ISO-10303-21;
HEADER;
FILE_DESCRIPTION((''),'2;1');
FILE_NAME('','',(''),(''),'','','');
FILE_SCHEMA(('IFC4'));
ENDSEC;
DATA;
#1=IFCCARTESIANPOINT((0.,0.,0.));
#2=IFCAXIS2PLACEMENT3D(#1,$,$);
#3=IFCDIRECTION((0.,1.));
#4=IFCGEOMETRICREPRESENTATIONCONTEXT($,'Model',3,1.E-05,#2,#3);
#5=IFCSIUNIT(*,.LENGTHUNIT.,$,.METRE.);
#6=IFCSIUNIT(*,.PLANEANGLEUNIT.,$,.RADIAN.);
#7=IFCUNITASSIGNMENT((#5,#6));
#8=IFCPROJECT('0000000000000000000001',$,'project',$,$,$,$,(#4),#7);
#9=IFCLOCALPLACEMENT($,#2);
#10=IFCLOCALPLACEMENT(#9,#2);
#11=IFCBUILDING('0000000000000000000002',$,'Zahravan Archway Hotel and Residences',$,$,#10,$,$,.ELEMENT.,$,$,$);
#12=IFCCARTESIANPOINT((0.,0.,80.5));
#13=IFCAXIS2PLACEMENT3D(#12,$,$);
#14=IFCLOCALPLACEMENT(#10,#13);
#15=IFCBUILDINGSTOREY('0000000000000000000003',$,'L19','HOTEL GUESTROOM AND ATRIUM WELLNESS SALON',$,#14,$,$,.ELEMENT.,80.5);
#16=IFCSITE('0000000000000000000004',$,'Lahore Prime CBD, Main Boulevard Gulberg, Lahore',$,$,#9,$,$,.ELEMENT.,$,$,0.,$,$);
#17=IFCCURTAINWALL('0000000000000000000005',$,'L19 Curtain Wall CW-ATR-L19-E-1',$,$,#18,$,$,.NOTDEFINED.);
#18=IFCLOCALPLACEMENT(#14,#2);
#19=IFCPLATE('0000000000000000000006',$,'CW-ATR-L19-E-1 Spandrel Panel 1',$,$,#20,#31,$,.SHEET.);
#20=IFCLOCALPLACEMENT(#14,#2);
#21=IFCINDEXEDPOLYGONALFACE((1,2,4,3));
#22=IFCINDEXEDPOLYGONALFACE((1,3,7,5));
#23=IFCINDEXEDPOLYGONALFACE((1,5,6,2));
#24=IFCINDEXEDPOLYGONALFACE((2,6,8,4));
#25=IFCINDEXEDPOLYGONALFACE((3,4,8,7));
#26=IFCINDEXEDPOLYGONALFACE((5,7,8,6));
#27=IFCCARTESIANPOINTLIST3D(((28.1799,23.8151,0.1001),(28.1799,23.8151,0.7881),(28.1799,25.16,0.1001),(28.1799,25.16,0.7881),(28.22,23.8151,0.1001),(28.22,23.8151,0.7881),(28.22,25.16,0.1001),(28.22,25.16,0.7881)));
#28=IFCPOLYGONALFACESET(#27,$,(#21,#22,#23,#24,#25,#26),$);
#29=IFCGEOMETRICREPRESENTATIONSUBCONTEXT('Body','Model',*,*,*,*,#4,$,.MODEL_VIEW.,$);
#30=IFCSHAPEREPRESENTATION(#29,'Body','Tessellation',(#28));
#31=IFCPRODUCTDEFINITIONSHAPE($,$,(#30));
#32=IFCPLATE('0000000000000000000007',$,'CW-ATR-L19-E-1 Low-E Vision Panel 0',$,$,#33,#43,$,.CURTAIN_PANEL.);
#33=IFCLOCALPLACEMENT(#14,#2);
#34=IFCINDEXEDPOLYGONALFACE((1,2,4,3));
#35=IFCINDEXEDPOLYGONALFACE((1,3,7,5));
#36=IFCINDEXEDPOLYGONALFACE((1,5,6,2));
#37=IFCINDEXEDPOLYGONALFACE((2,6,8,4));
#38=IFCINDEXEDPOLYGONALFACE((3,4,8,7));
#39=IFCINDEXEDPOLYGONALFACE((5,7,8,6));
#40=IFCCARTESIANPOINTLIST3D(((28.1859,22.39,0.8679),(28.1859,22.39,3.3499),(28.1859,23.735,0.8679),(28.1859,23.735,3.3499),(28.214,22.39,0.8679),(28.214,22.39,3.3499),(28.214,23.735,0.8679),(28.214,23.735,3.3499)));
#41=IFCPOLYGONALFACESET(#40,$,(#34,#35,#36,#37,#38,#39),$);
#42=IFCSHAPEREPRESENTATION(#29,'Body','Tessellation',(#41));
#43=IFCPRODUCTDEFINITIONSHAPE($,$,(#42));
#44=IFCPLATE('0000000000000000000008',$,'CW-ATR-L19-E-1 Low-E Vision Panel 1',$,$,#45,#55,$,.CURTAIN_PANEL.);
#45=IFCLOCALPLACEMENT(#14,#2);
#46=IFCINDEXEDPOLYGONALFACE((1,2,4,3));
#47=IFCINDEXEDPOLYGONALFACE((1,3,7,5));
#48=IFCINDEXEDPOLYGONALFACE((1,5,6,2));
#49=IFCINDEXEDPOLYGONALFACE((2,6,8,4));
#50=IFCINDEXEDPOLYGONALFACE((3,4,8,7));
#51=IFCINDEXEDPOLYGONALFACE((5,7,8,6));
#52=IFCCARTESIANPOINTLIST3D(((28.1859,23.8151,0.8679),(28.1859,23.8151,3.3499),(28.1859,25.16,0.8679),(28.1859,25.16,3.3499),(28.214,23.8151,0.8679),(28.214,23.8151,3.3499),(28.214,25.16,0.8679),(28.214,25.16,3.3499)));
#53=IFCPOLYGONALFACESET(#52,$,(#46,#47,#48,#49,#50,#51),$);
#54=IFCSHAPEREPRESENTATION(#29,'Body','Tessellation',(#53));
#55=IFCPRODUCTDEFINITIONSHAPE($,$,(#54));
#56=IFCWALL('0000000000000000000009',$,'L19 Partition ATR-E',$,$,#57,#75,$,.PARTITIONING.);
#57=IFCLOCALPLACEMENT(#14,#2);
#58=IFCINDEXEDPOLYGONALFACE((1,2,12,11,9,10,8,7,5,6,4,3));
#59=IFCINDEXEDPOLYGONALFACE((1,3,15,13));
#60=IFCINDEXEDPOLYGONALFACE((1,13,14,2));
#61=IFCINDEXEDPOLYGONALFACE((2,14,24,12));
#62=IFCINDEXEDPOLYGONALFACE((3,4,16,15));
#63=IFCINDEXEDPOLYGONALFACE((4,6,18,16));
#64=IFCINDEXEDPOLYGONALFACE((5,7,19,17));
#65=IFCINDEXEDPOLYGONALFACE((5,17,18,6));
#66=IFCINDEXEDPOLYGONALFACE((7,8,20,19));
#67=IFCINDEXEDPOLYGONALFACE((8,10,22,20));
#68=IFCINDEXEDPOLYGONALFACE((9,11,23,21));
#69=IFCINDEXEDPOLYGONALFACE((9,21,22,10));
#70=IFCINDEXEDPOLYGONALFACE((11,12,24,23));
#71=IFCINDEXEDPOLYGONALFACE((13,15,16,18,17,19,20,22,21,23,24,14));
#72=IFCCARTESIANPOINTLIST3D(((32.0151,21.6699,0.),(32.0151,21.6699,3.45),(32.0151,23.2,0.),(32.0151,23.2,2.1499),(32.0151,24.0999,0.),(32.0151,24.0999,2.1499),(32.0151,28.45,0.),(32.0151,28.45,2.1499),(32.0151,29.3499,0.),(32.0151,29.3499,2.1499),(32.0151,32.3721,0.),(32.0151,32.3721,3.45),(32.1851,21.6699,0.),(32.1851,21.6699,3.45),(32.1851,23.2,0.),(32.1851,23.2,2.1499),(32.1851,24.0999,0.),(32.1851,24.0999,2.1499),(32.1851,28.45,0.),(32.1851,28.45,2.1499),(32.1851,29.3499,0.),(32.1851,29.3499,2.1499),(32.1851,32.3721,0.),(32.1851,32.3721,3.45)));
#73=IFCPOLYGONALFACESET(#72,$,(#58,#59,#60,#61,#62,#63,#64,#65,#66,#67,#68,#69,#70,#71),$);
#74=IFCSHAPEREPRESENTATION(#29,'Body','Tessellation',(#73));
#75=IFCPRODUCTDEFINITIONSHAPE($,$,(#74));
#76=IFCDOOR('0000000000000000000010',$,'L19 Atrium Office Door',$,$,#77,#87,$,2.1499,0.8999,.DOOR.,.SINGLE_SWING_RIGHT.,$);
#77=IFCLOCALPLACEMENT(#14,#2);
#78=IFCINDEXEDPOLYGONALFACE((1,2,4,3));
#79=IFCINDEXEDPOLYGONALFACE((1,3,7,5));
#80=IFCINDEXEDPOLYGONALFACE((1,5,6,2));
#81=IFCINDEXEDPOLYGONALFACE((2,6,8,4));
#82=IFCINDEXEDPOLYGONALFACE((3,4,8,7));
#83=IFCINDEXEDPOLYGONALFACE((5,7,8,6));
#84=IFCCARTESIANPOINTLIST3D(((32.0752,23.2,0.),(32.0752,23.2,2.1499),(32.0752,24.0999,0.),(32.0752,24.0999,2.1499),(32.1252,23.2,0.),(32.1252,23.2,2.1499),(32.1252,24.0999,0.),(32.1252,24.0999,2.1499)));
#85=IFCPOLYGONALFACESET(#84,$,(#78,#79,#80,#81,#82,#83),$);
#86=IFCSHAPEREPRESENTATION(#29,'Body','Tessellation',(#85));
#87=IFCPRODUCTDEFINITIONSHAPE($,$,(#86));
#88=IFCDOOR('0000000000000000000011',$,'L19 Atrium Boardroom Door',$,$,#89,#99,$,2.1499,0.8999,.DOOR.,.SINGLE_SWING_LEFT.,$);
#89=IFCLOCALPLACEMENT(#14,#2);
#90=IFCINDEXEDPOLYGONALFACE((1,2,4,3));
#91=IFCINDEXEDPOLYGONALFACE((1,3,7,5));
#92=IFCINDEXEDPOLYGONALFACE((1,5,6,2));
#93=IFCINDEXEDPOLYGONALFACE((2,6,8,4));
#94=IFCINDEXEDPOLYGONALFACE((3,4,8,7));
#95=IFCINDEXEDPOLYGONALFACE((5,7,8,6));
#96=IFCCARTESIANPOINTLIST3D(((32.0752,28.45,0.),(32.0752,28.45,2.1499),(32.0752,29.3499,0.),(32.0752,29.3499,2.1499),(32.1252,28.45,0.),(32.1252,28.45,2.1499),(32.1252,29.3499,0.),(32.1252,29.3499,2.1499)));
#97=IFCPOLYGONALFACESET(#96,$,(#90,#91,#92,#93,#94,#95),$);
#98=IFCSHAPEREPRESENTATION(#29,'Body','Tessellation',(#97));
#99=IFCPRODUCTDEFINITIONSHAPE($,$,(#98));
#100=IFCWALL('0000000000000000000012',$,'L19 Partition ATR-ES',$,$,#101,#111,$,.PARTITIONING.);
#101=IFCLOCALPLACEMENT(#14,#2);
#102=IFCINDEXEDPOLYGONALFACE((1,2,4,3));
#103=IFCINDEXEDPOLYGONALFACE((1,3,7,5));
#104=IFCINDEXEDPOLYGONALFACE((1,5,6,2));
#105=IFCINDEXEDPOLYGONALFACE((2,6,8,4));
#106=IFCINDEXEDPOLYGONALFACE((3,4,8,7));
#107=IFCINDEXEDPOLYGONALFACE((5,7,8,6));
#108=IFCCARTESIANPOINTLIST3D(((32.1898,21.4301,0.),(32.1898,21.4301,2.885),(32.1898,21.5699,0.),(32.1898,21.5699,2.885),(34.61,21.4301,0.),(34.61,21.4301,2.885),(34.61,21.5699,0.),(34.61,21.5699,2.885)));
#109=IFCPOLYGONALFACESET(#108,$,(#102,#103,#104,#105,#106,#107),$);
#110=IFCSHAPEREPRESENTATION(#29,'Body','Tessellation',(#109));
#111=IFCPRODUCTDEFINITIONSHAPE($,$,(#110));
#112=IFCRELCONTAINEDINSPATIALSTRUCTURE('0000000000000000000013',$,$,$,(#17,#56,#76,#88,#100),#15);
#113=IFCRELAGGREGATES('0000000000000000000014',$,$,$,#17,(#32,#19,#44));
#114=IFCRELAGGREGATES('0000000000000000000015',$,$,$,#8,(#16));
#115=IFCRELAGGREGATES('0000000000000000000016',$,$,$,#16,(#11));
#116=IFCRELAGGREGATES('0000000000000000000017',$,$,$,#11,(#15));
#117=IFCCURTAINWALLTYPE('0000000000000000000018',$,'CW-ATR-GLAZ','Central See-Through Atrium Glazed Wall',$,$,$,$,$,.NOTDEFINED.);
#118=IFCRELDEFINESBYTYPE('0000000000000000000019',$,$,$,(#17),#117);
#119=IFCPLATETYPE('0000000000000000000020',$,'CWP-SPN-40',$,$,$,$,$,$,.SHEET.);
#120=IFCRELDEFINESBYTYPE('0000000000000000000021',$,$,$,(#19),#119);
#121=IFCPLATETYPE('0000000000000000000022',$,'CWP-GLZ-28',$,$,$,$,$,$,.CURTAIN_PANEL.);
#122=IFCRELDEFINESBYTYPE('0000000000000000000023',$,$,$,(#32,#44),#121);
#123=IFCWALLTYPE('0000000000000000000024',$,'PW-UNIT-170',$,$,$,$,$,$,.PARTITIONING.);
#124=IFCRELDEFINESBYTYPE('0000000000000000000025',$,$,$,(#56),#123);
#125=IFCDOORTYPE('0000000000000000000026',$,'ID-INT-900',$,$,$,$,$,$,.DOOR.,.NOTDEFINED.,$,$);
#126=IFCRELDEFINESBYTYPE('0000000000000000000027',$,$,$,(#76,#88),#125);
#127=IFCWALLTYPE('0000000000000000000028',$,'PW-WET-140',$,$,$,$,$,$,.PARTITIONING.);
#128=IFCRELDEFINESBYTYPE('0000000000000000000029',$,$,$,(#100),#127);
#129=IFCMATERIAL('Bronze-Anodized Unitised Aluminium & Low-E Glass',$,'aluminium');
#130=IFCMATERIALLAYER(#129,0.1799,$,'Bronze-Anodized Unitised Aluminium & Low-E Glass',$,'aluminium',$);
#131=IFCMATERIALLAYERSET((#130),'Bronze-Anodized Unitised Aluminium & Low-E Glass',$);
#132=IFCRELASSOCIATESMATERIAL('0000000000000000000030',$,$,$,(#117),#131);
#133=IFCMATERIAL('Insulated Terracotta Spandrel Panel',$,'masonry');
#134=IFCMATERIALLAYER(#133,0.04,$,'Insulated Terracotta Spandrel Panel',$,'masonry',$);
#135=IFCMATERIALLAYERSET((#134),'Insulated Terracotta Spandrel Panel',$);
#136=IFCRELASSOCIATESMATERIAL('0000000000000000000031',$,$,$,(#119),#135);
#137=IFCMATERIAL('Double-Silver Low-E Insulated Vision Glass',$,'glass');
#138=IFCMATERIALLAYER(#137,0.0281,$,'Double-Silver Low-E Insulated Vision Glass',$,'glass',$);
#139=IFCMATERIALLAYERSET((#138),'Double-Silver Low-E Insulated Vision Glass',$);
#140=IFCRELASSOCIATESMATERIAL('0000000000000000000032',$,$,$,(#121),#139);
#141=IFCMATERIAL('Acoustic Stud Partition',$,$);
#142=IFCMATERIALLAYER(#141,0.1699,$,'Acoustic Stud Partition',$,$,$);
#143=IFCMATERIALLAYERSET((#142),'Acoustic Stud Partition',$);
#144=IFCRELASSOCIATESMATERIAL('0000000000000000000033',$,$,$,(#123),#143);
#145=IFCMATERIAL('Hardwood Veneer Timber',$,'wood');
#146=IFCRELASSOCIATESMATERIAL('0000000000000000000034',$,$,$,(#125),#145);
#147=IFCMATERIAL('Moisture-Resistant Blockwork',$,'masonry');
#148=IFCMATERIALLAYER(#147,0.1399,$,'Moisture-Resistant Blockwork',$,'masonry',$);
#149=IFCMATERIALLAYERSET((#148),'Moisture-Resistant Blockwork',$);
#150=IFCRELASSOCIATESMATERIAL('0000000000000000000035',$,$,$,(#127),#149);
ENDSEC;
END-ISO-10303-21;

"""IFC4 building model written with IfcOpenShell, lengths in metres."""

from ifc_helpers import new_model, si_unit, direction, frame, frame_2d, origin, origin_2d, place, context, subcontext, project, spatial, rectangle, extrude, source, transform, mapped, material, layer, layer_set, type_object, type_shapes, element, fill, aggregate, save


model = new_model("IFC4")

# Units and contexts
model_context = context("Model", 3, precision=1e-05, world=origin(), true_north=direction((0.0, 1.0)))
body_context = subcontext(model_context, "Body", "Model", "MODEL_VIEW")
ifc_project = project(units=[si_unit("LENGTHUNIT", "METRE"), si_unit("PLANEANGLEUNIT", "RADIAN")], contexts=[model_context])

# Site, building, storey
site_placement = place(None, origin())
site = spatial("IfcSite", under=ifc_project, at=site_placement, Name="Lahore Prime CBD, Main Boulevard Gulberg, Lahore", CompositionType="ELEMENT", RefElevation=0.0)
building_placement = place(site_placement, origin())
building = spatial("IfcBuilding", under=site, at=building_placement, Name="Zahravan Archway Hotel and Residences", CompositionType="ELEMENT")
storey_placement = place(building_placement, frame((0.0, 0.0, 80.5)))
storey = spatial("IfcBuildingStorey", under=building, at=storey_placement, Name="L19", Description="HOTEL GUESTROOM AND ATRIUM WELLNESS SALON", CompositionType="ELEMENT", Elevation=80.5)

# Curtain wall
ifc_material_1 = material(Name="Bronze-Anodized Unitised Aluminium & Low-E Glass", Category="aluminium")
ifc_layer_1 = layer(ifc_material_1, 0.1799, Name="Bronze-Anodized Unitised Aluminium & Low-E Glass", Category="aluminium")
ifc_layer_set_1 = layer_set([ifc_layer_1], Name="Bronze-Anodized Unitised Aluminium & Low-E Glass")
curtain_wall_type = type_object("IfcCurtainWallType", Name="CW-ATR-GLAZ", Description="Central See-Through Atrium Glazed Wall", PredefinedType="NOTDEFINED", material=ifc_layer_set_1)
curtain_wall_1_placement = place(storey_placement, origin())
curtain_wall_1 = element("IfcCurtainWall", 1, at=curtain_wall_1_placement, inside=storey, type_object=curtain_wall_type, Name="L19 Curtain Wall CW-ATR-L19-E-1", PredefinedType="NOTDEFINED")

# Plates
ifc_material_2 = material(Name="Insulated Terracotta Spandrel Panel", Category="masonry")
ifc_layer_2 = layer(ifc_material_2, 0.04, Name="Insulated Terracotta Spandrel Panel", Category="masonry")
ifc_layer_set_2 = layer_set([ifc_layer_2], Name="Insulated Terracotta Spandrel Panel")
plate_type_1 = type_object("IfcPlateType", Name="CWP-SPN-40", PredefinedType="SHEET", material=ifc_layer_set_2)
ifc_material_3 = material(Name="Double-Silver Low-E Insulated Vision Glass", Category="glass")
ifc_layer_3 = layer(ifc_material_3, 0.0281, Name="Double-Silver Low-E Insulated Vision Glass", Category="glass")
ifc_layer_set_3 = layer_set([ifc_layer_3], Name="Double-Silver Low-E Insulated Vision Glass")
plate_type_2 = type_object("IfcPlateType", Name="CWP-GLZ-28", PredefinedType="CURTAIN_PANEL", material=ifc_layer_set_3)
shared_shape_1 = source(origin(), body_context, "Body", "SweptSolid", [
    extrude(rectangle(XDim=1.345, YDim=0.04, at=origin_2d()), origin(), (0.0, 0.0, 1.0), 0.688),
])
plate_1_placement = place(storey_placement, frame((28.2, 24.4875, 0.1001), z_axis=(0.0, 0.0, 1.0), x_axis=(0.0, 1.0, 0.0)))
plate_1 = element("IfcPlate", 2, at=plate_1_placement, type_object=plate_type_1, Name="CW-ATR-L19-E-1 Spandrel Panel 1", PredefinedType="SHEET", context=body_context, shape_type="MappedRepresentation", body=[
    mapped(shared_shape_1, transform((0.0, 0.0, 0.0), scale=1.0)),
])
shared_shape_2 = source(origin(), body_context, "Body", "SweptSolid", [
    extrude(rectangle(XDim=1.345, YDim=0.0281, at=origin_2d()), origin(), (0.0, 0.0, 1.0), 2.4819),
])
plate_2_placement = place(storey_placement, frame((28.2, 23.0625, 0.8679), z_axis=(0.0, 0.0, 1.0), x_axis=(0.0, 1.0, 0.0)))
plate_2 = element("IfcPlate", 3, at=plate_2_placement, type_object=plate_type_2, Name="CW-ATR-L19-E-1 Low-E Vision Panel 0", PredefinedType="CURTAIN_PANEL", context=body_context, shape_type="MappedRepresentation", body=[
    mapped(shared_shape_2, transform((0.0, 0.0, 0.0), scale=1.0)),
])
plate_3_placement = place(storey_placement, frame((28.2, 24.4875, 0.8679), z_axis=(0.0, 0.0, 1.0), x_axis=(0.0, 1.0, 0.0)))
plate_3 = element("IfcPlate", 4, at=plate_3_placement, type_object=plate_type_2, Name="CW-ATR-L19-E-1 Low-E Vision Panel 1", PredefinedType="CURTAIN_PANEL", context=body_context, shape_type="MappedRepresentation", body=[
    mapped(shared_shape_2, transform((0.0, 0.0, 0.0), scale=1.0)),
])
aggregate(curtain_wall_1, [plate_2, plate_1, plate_3])

# Wall, openings, doors
ifc_material_4 = material(Name="Acoustic Stud Partition")
ifc_layer_4 = layer(ifc_material_4, 0.1699, Name="Acoustic Stud Partition")
ifc_layer_set_4 = layer_set([ifc_layer_4], Name="Acoustic Stud Partition")
wall_type_1 = type_object("IfcWallType", Name="PW-UNIT-170", PredefinedType="PARTITIONING", material=ifc_layer_set_4)
wall_1_placement = place(storey_placement, frame((32.1001, 21.6699, 0.0), z_axis=(0.0, 0.0, 1.0), x_axis=(0.0, 1.0, 0.0)))
wall_1 = element("IfcWall", 5, at=wall_1_placement, inside=storey, type_object=wall_type_1, Name="L19 Partition ATR-E", PredefinedType="PARTITIONING", context=body_context, shape_type="SweptSolid", body=[
    extrude(rectangle(XDim=10.7021, YDim=0.1699, at=frame_2d((5.3511, 0.0))), origin(), (0.0, 0.0, 1.0), 3.45),
])
opening_1_placement = place(wall_1_placement, frame((1.53, 0.0, 0.0)))
opening_1 = element("IfcOpeningElement", 6, at=opening_1_placement, cuts=wall_1, PredefinedType="OPENING", context=body_context, shape_type="SweptSolid", body=[
    extrude(rectangle(XDim=0.8999, YDim=2.1499, at=frame_2d((0.45, 1.075))), frame((0.0, 0.095, 0.0), z_axis=(0.0, -1.0, 0.0), x_axis=(1.0, 0.0, 0.0)), (0.0, 0.0, 1.0), 0.1899),
])
opening_2_placement = place(wall_1_placement, frame((6.78, 0.0, 0.0)))
opening_2 = element("IfcOpeningElement", 7, at=opening_2_placement, cuts=wall_1, PredefinedType="OPENING", context=body_context, shape_type="SweptSolid", body=[
    extrude(rectangle(XDim=0.8999, YDim=2.1499, at=frame_2d((0.45, 1.075))), frame((0.0, 0.095, 0.0), z_axis=(0.0, -1.0, 0.0), x_axis=(1.0, 0.0, 0.0)), (0.0, 0.0, 1.0), 0.1899),
])
ifc_material_5 = material(Name="Hardwood Veneer Timber", Category="wood")
door_type = type_object("IfcDoorType", Name="ID-INT-900", OperationType="NOTDEFINED", PredefinedType="DOOR", material=ifc_material_5)
shared_shape_3 = source(origin(), body_context, "Body", "SweptSolid", [
    extrude(rectangle(XDim=0.8999, YDim=2.1499, at=frame_2d((0.45, 1.075))), frame((0.0, 0.0249, 0.0), z_axis=(0.0, -1.0, 0.0), x_axis=(1.0, 0.0, 0.0)), (0.0, 0.0, 1.0), 0.05),
])
type_shapes(door_type, [shared_shape_3])
door_1_placement = place(opening_1_placement, origin())
door_1 = element("IfcDoor", 8, at=door_1_placement, inside=storey, type_object=door_type, Name="L19 Atrium Office Door", OperationType="SINGLE_SWING_RIGHT", OverallHeight=2.1499, OverallWidth=0.8999, PredefinedType="DOOR", context=body_context, shape_type="MappedRepresentation", body=[
    mapped(shared_shape_3, transform((0.0, 0.0, 0.0), scale=1.0)),
])
fill(opening_1, door_1)
door_2_placement = place(opening_2_placement, origin())
door_2 = element("IfcDoor", 9, at=door_2_placement, inside=storey, type_object=door_type, Name="L19 Atrium Boardroom Door", OperationType="SINGLE_SWING_LEFT", OverallHeight=2.1499, OverallWidth=0.8999, PredefinedType="DOOR", context=body_context, shape_type="MappedRepresentation", body=[
    mapped(shared_shape_3, transform((0.0, 0.0, 0.0), scale=1.0)),
])
fill(opening_2, door_2)

# Wall
ifc_material_6 = material(Name="Moisture-Resistant Blockwork", Category="masonry")
ifc_layer_5 = layer(ifc_material_6, 0.1399, Name="Moisture-Resistant Blockwork", Category="masonry")
ifc_layer_set_5 = layer_set([ifc_layer_5], Name="Moisture-Resistant Blockwork")
wall_type_2 = type_object("IfcWallType", Name="PW-WET-140", PredefinedType="PARTITIONING", material=ifc_layer_set_5)
wall_2_placement = place(storey_placement, frame((32.1899, 21.5, 0.0), z_axis=(0.0, 0.0, 1.0), x_axis=(1.0, 0.0, 0.0)))
element("IfcWall", 10, at=wall_2_placement, inside=storey, type_object=wall_type_2, Name="L19 Partition ATR-ES", PredefinedType="PARTITIONING", context=body_context, shape_type="SweptSolid", body=[
    extrude(rectangle(XDim=2.4202, YDim=0.1399, at=frame_2d((1.21, 0.0))), origin(), (0.0, 0.0, 1.0), 2.885),
])

save(model, "model.ifc")
